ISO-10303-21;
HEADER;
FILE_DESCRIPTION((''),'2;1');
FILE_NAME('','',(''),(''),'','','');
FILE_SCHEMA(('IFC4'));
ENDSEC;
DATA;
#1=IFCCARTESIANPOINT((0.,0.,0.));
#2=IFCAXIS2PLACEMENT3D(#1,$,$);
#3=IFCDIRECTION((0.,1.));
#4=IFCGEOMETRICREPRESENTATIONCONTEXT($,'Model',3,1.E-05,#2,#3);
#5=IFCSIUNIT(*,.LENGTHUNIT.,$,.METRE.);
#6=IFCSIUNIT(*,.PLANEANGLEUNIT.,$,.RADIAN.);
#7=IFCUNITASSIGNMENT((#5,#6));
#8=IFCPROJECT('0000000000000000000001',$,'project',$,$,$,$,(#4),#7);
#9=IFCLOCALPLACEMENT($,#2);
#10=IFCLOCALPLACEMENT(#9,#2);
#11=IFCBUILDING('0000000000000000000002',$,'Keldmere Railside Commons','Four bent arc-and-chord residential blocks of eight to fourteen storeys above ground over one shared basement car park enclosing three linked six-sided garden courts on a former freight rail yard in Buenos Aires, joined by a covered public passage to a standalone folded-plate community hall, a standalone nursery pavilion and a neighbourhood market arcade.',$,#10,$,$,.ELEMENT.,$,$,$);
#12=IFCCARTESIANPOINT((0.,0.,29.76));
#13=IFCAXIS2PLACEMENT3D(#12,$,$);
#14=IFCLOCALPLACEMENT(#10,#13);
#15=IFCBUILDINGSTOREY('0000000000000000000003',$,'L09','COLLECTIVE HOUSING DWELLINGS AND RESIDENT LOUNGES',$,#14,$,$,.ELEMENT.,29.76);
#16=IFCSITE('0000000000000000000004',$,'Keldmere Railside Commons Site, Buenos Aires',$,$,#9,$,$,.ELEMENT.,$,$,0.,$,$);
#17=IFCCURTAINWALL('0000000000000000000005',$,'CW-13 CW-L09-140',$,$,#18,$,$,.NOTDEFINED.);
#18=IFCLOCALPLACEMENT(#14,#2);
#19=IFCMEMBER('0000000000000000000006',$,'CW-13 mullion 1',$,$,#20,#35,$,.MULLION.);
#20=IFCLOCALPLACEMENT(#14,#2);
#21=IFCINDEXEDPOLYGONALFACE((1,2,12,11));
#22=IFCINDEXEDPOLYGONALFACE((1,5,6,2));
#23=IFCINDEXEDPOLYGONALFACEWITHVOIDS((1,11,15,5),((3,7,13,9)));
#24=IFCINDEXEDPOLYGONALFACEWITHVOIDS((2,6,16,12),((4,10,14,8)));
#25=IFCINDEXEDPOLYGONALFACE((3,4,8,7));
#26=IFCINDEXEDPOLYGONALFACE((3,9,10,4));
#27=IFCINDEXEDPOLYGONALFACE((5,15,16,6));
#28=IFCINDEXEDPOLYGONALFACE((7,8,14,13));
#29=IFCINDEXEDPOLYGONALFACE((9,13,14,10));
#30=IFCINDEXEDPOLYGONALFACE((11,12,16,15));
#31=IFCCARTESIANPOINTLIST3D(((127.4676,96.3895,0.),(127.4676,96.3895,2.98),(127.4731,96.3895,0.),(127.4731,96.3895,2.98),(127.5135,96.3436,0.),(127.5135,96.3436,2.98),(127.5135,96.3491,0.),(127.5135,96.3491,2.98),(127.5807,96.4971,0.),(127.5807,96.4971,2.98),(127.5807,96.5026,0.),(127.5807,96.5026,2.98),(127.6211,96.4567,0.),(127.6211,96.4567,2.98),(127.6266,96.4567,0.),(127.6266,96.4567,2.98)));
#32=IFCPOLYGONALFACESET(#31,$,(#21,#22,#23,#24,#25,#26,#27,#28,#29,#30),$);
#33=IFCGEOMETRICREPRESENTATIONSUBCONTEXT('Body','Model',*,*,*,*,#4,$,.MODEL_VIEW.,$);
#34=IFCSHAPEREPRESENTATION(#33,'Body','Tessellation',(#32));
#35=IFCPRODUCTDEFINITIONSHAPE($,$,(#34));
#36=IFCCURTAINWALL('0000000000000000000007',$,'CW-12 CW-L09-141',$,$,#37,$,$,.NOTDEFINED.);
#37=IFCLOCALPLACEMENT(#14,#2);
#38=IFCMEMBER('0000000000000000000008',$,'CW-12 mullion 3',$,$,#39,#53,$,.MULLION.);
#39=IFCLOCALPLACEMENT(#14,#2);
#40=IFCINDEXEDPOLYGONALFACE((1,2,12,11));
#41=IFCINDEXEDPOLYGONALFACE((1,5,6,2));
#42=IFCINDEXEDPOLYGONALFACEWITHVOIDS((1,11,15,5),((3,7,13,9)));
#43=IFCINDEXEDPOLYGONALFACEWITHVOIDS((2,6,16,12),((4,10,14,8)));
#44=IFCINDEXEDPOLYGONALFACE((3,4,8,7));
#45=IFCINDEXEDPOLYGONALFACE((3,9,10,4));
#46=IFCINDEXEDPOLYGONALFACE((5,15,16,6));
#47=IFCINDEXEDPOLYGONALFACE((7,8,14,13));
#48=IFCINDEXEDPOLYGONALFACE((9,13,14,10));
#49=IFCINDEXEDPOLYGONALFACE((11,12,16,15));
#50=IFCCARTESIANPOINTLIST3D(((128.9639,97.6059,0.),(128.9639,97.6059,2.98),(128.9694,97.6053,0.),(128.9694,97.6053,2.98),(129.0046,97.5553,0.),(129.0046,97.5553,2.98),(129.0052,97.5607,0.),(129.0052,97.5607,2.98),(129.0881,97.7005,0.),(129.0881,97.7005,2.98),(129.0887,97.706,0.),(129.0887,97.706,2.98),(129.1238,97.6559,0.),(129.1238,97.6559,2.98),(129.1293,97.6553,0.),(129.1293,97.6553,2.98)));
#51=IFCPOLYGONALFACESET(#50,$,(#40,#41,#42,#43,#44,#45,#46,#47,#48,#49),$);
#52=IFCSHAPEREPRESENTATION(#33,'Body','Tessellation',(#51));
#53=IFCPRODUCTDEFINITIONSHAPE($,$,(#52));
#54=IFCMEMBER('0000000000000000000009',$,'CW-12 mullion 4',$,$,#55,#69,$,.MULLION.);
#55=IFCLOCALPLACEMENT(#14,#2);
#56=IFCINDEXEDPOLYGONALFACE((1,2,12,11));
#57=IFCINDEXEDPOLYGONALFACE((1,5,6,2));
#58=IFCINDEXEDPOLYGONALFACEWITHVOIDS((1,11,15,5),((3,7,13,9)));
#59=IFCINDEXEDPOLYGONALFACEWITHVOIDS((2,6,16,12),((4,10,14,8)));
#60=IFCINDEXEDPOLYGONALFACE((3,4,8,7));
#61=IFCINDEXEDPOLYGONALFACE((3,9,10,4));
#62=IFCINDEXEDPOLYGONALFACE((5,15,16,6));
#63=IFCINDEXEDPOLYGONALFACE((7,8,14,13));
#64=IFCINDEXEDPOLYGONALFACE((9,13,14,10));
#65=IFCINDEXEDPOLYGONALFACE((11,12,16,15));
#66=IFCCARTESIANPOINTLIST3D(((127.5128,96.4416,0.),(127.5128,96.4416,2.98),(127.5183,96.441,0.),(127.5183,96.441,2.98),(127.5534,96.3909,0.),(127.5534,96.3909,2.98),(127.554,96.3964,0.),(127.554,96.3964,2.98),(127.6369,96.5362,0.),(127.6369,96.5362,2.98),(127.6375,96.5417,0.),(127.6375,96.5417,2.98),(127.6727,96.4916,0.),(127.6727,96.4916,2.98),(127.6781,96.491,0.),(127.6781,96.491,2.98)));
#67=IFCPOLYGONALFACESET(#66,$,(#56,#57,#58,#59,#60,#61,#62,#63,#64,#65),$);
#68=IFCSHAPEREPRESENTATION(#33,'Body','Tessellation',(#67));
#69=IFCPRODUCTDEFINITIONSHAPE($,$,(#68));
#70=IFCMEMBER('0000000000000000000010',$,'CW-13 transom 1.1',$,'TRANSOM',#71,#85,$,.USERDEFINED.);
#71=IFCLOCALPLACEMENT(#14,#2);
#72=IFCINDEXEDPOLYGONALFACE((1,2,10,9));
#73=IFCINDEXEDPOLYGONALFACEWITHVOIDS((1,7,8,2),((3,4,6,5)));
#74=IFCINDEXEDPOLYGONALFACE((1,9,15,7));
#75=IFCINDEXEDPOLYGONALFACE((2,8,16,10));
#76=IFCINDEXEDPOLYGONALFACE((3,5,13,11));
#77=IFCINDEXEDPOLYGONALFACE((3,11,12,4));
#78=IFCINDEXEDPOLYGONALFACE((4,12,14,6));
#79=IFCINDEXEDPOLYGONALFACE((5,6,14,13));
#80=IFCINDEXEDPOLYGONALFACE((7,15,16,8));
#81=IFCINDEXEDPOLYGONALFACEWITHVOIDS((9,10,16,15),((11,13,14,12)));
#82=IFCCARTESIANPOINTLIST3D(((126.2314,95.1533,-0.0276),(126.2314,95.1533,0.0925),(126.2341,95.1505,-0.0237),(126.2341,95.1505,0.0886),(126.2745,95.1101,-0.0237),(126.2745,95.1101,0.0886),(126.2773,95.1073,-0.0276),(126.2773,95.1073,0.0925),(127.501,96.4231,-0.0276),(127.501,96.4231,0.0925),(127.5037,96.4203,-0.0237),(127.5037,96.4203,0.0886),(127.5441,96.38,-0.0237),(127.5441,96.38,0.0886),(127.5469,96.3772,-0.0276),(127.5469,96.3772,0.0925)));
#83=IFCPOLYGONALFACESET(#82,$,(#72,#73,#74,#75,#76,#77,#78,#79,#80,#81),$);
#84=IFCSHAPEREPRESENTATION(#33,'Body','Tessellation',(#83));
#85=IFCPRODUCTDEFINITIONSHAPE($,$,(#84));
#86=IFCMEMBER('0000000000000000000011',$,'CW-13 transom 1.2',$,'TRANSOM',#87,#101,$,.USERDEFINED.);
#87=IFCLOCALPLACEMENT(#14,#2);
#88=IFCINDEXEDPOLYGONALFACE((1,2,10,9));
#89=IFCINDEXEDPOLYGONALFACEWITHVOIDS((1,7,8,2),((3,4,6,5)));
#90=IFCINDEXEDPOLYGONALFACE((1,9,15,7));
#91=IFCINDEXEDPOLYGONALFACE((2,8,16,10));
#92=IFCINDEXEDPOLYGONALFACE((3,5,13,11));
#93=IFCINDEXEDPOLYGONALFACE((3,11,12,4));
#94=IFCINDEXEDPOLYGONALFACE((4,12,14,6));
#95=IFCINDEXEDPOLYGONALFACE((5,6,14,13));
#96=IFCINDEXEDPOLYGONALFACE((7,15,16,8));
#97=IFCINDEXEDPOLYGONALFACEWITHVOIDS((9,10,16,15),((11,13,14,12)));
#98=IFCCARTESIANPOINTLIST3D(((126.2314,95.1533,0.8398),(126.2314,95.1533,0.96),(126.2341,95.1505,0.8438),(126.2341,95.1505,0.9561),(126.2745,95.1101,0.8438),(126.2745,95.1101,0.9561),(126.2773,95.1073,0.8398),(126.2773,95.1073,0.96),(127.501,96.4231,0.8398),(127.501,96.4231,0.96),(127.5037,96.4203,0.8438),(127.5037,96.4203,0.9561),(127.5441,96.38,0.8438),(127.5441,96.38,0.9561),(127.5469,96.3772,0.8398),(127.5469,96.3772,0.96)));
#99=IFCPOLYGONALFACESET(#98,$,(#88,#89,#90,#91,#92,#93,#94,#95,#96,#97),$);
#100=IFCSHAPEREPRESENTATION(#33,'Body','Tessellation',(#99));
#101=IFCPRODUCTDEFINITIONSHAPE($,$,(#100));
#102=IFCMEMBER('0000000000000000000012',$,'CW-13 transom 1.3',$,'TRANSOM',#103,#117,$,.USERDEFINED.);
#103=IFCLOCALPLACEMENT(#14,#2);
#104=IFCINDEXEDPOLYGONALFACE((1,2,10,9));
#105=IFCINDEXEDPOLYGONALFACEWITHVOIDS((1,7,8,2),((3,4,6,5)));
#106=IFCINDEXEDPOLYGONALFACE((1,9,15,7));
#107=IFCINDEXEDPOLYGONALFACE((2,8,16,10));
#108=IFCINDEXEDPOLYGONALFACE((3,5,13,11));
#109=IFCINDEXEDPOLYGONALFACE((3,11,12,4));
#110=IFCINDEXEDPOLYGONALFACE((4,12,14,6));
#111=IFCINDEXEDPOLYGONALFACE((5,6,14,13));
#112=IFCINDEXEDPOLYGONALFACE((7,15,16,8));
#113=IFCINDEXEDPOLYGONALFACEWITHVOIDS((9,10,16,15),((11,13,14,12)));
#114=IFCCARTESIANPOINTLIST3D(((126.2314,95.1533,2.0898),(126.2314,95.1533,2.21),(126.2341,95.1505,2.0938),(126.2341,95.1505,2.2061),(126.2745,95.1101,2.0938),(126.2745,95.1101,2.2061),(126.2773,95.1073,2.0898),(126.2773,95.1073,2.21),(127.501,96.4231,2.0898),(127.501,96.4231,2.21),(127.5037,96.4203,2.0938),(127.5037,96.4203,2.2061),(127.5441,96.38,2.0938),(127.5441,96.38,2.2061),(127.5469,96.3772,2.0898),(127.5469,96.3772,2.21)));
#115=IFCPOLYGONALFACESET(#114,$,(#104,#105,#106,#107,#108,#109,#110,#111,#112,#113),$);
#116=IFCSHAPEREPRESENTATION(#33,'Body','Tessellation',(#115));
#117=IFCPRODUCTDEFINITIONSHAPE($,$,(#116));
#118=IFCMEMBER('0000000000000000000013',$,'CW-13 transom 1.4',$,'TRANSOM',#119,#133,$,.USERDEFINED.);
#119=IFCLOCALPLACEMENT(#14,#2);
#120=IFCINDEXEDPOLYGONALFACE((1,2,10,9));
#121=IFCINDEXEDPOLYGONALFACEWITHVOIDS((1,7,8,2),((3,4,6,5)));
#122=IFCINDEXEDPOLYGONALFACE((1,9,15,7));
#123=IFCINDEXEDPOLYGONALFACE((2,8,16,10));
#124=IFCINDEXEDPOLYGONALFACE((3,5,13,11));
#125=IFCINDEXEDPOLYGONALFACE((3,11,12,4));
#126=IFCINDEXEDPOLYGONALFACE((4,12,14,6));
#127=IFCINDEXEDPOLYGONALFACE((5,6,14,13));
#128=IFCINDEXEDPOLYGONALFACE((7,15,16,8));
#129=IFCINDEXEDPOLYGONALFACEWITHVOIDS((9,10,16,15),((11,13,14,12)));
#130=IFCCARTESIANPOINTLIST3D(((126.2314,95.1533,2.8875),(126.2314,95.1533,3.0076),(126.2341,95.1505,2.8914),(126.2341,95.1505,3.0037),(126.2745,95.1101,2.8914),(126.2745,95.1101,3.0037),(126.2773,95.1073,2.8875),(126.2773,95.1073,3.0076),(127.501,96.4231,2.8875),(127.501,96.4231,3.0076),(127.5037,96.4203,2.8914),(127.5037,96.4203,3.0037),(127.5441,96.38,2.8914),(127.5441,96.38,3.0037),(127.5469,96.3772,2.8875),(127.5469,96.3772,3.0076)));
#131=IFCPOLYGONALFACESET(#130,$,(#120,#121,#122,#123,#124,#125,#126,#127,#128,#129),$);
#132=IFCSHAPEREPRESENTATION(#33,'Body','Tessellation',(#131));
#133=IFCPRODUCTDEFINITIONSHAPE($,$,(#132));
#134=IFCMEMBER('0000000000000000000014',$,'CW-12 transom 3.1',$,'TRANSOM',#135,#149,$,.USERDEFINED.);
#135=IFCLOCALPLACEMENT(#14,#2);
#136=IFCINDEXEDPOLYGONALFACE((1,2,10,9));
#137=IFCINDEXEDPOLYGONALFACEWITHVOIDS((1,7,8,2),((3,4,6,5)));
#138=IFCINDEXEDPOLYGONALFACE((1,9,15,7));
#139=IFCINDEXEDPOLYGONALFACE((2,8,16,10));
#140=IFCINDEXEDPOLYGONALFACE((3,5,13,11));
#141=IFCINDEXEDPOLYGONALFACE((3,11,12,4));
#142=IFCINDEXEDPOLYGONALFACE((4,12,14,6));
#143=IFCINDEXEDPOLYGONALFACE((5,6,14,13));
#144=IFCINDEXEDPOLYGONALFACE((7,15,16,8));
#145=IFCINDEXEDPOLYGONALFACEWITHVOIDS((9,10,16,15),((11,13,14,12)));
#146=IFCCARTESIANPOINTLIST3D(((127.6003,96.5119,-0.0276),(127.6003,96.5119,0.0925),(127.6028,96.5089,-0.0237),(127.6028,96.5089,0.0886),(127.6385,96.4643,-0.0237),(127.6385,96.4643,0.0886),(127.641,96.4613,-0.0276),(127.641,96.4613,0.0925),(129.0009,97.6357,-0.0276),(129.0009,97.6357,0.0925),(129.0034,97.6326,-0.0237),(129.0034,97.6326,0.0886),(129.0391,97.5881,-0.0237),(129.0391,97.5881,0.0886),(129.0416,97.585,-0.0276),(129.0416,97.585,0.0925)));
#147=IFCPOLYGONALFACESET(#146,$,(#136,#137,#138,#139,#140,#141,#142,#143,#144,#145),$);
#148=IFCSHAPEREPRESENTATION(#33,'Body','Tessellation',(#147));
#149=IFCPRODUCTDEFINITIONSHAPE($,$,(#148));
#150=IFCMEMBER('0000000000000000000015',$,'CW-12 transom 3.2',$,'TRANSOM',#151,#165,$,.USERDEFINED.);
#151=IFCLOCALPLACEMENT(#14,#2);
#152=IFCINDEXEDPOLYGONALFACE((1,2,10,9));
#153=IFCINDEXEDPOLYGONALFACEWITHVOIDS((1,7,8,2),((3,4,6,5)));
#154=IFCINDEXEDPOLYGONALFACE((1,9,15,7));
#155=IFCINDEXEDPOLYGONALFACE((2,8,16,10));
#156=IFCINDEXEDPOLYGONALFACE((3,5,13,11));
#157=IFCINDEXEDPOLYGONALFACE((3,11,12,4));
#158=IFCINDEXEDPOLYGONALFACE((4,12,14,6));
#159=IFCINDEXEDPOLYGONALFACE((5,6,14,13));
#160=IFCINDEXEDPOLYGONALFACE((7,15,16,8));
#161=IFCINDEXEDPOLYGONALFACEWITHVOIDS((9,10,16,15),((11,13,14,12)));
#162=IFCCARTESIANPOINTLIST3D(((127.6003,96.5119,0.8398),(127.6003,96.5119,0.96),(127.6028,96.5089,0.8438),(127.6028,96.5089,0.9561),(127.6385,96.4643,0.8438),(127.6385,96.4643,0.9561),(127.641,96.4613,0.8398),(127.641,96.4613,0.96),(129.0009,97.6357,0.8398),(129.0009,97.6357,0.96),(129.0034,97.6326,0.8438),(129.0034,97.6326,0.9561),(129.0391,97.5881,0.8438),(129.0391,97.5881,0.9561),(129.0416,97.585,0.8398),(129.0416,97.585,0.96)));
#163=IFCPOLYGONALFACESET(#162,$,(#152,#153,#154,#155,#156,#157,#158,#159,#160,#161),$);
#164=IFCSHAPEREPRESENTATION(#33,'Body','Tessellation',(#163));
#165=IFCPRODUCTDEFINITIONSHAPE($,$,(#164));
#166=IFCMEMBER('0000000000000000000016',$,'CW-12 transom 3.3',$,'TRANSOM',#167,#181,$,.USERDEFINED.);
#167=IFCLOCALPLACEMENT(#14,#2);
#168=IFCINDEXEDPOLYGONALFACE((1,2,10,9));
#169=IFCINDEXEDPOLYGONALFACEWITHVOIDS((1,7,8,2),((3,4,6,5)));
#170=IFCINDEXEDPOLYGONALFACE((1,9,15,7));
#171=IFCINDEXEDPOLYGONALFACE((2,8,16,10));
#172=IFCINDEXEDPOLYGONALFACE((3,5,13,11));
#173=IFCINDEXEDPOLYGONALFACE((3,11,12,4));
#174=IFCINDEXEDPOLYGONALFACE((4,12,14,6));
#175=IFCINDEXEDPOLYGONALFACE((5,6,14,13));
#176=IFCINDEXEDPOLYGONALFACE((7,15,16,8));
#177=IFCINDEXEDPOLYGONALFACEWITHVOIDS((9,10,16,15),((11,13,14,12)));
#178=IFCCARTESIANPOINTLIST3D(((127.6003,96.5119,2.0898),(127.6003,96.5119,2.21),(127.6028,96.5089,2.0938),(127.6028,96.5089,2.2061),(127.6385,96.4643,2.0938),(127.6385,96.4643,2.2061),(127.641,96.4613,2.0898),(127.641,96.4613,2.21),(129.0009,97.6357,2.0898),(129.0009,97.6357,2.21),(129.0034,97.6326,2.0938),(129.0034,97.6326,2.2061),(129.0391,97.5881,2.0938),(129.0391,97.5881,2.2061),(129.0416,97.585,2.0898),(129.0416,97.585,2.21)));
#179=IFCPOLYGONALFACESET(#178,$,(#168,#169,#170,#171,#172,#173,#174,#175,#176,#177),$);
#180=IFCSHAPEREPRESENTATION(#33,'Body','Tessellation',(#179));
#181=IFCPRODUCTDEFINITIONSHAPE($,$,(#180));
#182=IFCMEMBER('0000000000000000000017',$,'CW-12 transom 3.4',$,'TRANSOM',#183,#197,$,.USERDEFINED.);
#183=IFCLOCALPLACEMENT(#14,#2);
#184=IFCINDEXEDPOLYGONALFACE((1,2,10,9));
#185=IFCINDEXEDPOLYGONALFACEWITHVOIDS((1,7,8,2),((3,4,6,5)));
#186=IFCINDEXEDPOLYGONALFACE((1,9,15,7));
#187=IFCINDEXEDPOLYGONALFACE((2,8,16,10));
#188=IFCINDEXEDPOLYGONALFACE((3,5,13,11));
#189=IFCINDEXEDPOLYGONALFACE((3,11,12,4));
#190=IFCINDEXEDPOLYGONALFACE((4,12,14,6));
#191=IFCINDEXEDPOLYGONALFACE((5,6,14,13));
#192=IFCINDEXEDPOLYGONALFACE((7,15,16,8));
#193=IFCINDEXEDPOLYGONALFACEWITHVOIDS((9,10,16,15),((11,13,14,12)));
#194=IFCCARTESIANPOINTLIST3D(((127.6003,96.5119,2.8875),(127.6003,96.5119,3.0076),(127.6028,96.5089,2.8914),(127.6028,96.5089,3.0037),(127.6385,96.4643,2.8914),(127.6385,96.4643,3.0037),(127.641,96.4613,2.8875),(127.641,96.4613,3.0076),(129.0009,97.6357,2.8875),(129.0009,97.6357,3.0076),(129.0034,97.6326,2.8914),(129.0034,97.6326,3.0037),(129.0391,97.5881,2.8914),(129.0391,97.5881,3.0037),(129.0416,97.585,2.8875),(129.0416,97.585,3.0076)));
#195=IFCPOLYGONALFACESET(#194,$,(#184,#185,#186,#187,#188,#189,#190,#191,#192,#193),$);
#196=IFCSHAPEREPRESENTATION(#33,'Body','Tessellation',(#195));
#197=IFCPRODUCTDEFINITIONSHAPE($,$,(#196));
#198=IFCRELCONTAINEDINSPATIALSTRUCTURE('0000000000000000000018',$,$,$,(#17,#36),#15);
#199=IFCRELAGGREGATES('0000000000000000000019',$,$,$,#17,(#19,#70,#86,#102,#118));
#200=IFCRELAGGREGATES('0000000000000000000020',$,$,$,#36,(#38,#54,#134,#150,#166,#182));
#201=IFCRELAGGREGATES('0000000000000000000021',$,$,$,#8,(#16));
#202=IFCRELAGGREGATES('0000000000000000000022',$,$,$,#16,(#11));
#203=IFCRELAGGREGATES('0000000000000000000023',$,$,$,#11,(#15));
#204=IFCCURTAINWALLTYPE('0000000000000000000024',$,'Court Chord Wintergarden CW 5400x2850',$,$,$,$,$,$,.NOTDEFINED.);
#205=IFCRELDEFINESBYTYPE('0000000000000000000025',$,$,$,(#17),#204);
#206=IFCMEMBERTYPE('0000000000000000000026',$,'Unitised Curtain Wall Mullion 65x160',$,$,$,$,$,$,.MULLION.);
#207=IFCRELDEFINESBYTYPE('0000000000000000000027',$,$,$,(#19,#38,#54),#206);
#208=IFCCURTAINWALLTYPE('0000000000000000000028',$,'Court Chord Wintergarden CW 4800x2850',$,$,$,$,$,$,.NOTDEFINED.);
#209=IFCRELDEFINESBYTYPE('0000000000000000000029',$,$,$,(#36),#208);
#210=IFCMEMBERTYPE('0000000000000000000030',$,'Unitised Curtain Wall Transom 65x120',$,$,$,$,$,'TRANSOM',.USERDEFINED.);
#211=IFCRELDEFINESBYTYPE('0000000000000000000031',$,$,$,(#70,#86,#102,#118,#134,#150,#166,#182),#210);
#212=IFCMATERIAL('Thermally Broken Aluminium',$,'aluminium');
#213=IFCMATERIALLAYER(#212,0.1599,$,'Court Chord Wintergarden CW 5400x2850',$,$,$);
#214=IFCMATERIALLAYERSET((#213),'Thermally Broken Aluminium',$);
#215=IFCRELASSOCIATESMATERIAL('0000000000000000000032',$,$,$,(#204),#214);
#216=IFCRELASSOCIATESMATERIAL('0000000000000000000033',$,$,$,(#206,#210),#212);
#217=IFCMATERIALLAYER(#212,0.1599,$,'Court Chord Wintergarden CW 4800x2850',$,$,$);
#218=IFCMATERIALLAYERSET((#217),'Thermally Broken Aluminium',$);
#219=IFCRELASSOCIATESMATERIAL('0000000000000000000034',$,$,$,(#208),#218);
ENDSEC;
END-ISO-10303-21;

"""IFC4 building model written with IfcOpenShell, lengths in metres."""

from ifc_helpers import new_model, si_unit, direction, frame, origin, origin_2d, place, context, subcontext, project, spatial, hollow_rectangle, extrude, material, layer, layer_set, material_profile, profile_set, type_object, element, aggregate, save


model = new_model("IFC4")

# Units and contexts
model_context = context("Model", 3, precision=1e-05, world=origin(), true_north=direction((0.0, 1.0)))
body_context = subcontext(model_context, "Body", "Model", "MODEL_VIEW")
ifc_project = project(units=[si_unit("LENGTHUNIT", "METRE"), si_unit("PLANEANGLEUNIT", "RADIAN")], contexts=[model_context])

# Site, building, storey
site_placement = place(None, origin())
site = spatial("IfcSite", under=ifc_project, at=site_placement, Name="Keldmere Railside Commons Site, Buenos Aires", CompositionType="ELEMENT", RefElevation=0.0)
building_placement = place(site_placement, origin())
building = spatial("IfcBuilding", under=site, at=building_placement, Name="Keldmere Railside Commons", Description="Four bent arc-and-chord residential blocks of eight to fourteen storeys above ground over one shared basement car park enclosing three linked six-sided garden courts on a former freight rail yard in Buenos Aires, joined by a covered public passage to a standalone folded-plate community hall, a standalone nursery pavilion and a neighbourhood market arcade.", CompositionType="ELEMENT")
storey_placement = place(building_placement, frame((0.0, 0.0, 29.76)))
storey = spatial("IfcBuildingStorey", under=building, at=storey_placement, Name="L09", Description="COLLECTIVE HOUSING DWELLINGS AND RESIDENT LOUNGES", CompositionType="ELEMENT", Elevation=29.76)

# Curtain wall, member
ifc_material_1 = material(Name="Thermally Broken Aluminium", Category="aluminium")
ifc_layer_1 = layer(ifc_material_1, 0.1599, Name="Court Chord Wintergarden CW 5400x2850")
ifc_layer_set_1 = layer_set([ifc_layer_1], Name="Thermally Broken Aluminium")
curtain_wall_type_1 = type_object("IfcCurtainWallType", Name="Court Chord Wintergarden CW 5400x2850", PredefinedType="NOTDEFINED", material=ifc_layer_set_1)
curtain_wall_1_placement = place(storey_placement, origin())
curtain_wall_1 = element("IfcCurtainWall", 1, at=curtain_wall_1_placement, inside=storey, type_object=curtain_wall_type_1, Name="CW-13 CW-L09-140", PredefinedType="NOTDEFINED")
ifc_material_profile_1 = material_profile(ifc_material_1, hollow_rectangle(XDim=0.0649, YDim=0.1599, WallThickness=0.0039, at=origin_2d()), Name="ALU-MULL-65x160")
ifc_profile_set_1 = profile_set([ifc_material_profile_1], Name="Thermally Broken Aluminium")
member_type_1 = type_object("IfcMemberType", Name="Unitised Curtain Wall Mullion 65x160", PredefinedType="MULLION", material=ifc_profile_set_1)
member_1_placement = place(storey_placement, frame((127.5471, 96.4231, 0.0), z_axis=(0.0, 0.0, 1.0), x_axis=(0.707107, -0.707107, 0.0)))
member_1 = element("IfcMember", 2, at=member_1_placement, type_object=member_type_1, Name="CW-13 mullion 1", PredefinedType="MULLION", context=body_context, shape_type="SweptSolid", body=[
    extrude(hollow_rectangle(XDim=0.0649, YDim=0.1599, WallThickness=0.0039, at=origin_2d()), origin(), (0.0, 0.0, 1.0), 2.98),
])

# Curtain wall, members
ifc_layer_2 = layer(ifc_material_1, 0.1599, Name="Court Chord Wintergarden CW 4800x2850")
ifc_layer_set_2 = layer_set([ifc_layer_2], Name="Thermally Broken Aluminium")
curtain_wall_type_2 = type_object("IfcCurtainWallType", Name="Court Chord Wintergarden CW 4800x2850", PredefinedType="NOTDEFINED", material=ifc_layer_set_2)
curtain_wall_2_placement = place(storey_placement, origin())
curtain_wall_2 = element("IfcCurtainWall", 3, at=curtain_wall_2_placement, inside=storey, type_object=curtain_wall_type_2, Name="CW-12 CW-L09-141", PredefinedType="NOTDEFINED")
member_2_placement = place(storey_placement, frame((129.0466, 97.6306, 0.0), z_axis=(0.0, 0.0, 1.0), x_axis=(0.625768, -0.780009, 0.0)))
member_2 = element("IfcMember", 4, at=member_2_placement, type_object=member_type_1, Name="CW-12 mullion 3", PredefinedType="MULLION", context=body_context, shape_type="SweptSolid", body=[
    extrude(hollow_rectangle(XDim=0.0649, YDim=0.1599, WallThickness=0.0039, at=origin_2d()), origin(), (0.0, 0.0, 1.0), 2.98),
])
member_3_placement = place(storey_placement, frame((127.5955, 96.4663, 0.0), z_axis=(0.0, 0.0, 1.0), x_axis=(0.625768, -0.780009, 0.0)))
member_3 = element("IfcMember", 5, at=member_3_placement, type_object=member_type_1, Name="CW-12 mullion 4", PredefinedType="MULLION", context=body_context, shape_type="SweptSolid", body=[
    extrude(hollow_rectangle(XDim=0.0649, YDim=0.1599, WallThickness=0.0039, at=origin_2d()), origin(), (0.0, 0.0, 1.0), 2.98),
])

# Members
ifc_material_profile_2 = material_profile(ifc_material_1, hollow_rectangle(XDim=0.0649, YDim=0.1201, WallThickness=0.0039, at=origin_2d()), Name="ALU-TRAN-65x120")
ifc_profile_set_2 = profile_set([ifc_material_profile_2], Name="Thermally Broken Aluminium")
member_type_2 = type_object("IfcMemberType", Name="Unitised Curtain Wall Transom 65x120", ElementType="TRANSOM", PredefinedType="USERDEFINED", material=ifc_profile_set_2)
member_4_placement = place(storey_placement, frame((127.5239, 96.4001, 0.0325), z_axis=(-0.707039, -0.707175, 0.0), x_axis=(0.707175, -0.707039, 0.0)))
member_4 = element("IfcMember", 6, at=member_4_placement, type_object=member_type_2, Name="CW-13 transom 1.1", ObjectType="TRANSOM", PredefinedType="USERDEFINED", context=body_context, shape_type="SweptSolid", body=[
    extrude(hollow_rectangle(XDim=0.0649, YDim=0.1201, WallThickness=0.0039, at=origin_2d()), origin(), (0.0, 0.0, 1.0), 1.7957),
])
member_5_placement = place(storey_placement, frame((127.5239, 96.4001, 0.8999), z_axis=(-0.707039, -0.707175, 0.0), x_axis=(0.707175, -0.707039, 0.0)))
member_5 = element("IfcMember", 7, at=member_5_placement, type_object=member_type_2, Name="CW-13 transom 1.2", ObjectType="TRANSOM", PredefinedType="USERDEFINED", context=body_context, shape_type="SweptSolid", body=[
    extrude(hollow_rectangle(XDim=0.0649, YDim=0.1201, WallThickness=0.0039, at=origin_2d()), origin(), (0.0, 0.0, 1.0), 1.7957),
])
member_6_placement = place(storey_placement, frame((127.5239, 96.4001, 2.1499), z_axis=(-0.707039, -0.707175, 0.0), x_axis=(0.707175, -0.707039, 0.0)))
member_6 = element("IfcMember", 8, at=member_6_placement, type_object=member_type_2, Name="CW-13 transom 1.3", ObjectType="TRANSOM", PredefinedType="USERDEFINED", context=body_context, shape_type="SweptSolid", body=[
    extrude(hollow_rectangle(XDim=0.0649, YDim=0.1201, WallThickness=0.0039, at=origin_2d()), origin(), (0.0, 0.0, 1.0), 1.7957),
])
member_7_placement = place(storey_placement, frame((127.5239, 96.4001, 2.9475), z_axis=(-0.707039, -0.707175, 0.0), x_axis=(0.707175, -0.707039, 0.0)))
member_7 = element("IfcMember", 9, at=member_7_placement, type_object=member_type_2, Name="CW-13 transom 1.4", ObjectType="TRANSOM", PredefinedType="USERDEFINED", context=body_context, shape_type="SweptSolid", body=[
    extrude(hollow_rectangle(XDim=0.0649, YDim=0.1201, WallThickness=0.0039, at=origin_2d()), origin(), (0.0, 0.0, 1.0), 1.7957),
])
member_8_placement = place(storey_placement, frame((129.0212, 97.6104, 0.0325), z_axis=(-0.779979, -0.625805, 0.0), x_axis=(0.625805, -0.779979, 0.0)))
member_8 = element("IfcMember", 10, at=member_8_placement, type_object=member_type_2, Name="CW-12 transom 3.1", ObjectType="TRANSOM", PredefinedType="USERDEFINED", context=body_context, shape_type="SweptSolid", body=[
    extrude(hollow_rectangle(XDim=0.0649, YDim=0.1201, WallThickness=0.0039, at=origin_2d()), origin(), (0.0, 0.0, 1.0), 1.7957),
])
member_9_placement = place(storey_placement, frame((129.0212, 97.6104, 0.8999), z_axis=(-0.779979, -0.625805, 0.0), x_axis=(0.625805, -0.779979, 0.0)))
member_9 = element("IfcMember", 11, at=member_9_placement, type_object=member_type_2, Name="CW-12 transom 3.2", ObjectType="TRANSOM", PredefinedType="USERDEFINED", context=body_context, shape_type="SweptSolid", body=[
    extrude(hollow_rectangle(XDim=0.0649, YDim=0.1201, WallThickness=0.0039, at=origin_2d()), origin(), (0.0, 0.0, 1.0), 1.7957),
])
member_10_placement = place(storey_placement, frame((129.0212, 97.6104, 2.1499), z_axis=(-0.779979, -0.625805, 0.0), x_axis=(0.625805, -0.779979, 0.0)))
member_10 = element("IfcMember", 12, at=member_10_placement, type_object=member_type_2, Name="CW-12 transom 3.3", ObjectType="TRANSOM", PredefinedType="USERDEFINED", context=body_context, shape_type="SweptSolid", body=[
    extrude(hollow_rectangle(XDim=0.0649, YDim=0.1201, WallThickness=0.0039, at=origin_2d()), origin(), (0.0, 0.0, 1.0), 1.7957),
])
member_11_placement = place(storey_placement, frame((129.0212, 97.6104, 2.9475), z_axis=(-0.779979, -0.625805, 0.0), x_axis=(0.625805, -0.779979, 0.0)))
member_11 = element("IfcMember", 13, at=member_11_placement, type_object=member_type_2, Name="CW-12 transom 3.4", ObjectType="TRANSOM", PredefinedType="USERDEFINED", context=body_context, shape_type="SweptSolid", body=[
    extrude(hollow_rectangle(XDim=0.0649, YDim=0.1201, WallThickness=0.0039, at=origin_2d()), origin(), (0.0, 0.0, 1.0), 1.7957),
])

aggregate(curtain_wall_1, [member_1, member_4, member_5, member_6, member_7])
aggregate(curtain_wall_2, [member_2, member_3, member_8, member_9, member_10, member_11])

save(model, "model.ifc")
